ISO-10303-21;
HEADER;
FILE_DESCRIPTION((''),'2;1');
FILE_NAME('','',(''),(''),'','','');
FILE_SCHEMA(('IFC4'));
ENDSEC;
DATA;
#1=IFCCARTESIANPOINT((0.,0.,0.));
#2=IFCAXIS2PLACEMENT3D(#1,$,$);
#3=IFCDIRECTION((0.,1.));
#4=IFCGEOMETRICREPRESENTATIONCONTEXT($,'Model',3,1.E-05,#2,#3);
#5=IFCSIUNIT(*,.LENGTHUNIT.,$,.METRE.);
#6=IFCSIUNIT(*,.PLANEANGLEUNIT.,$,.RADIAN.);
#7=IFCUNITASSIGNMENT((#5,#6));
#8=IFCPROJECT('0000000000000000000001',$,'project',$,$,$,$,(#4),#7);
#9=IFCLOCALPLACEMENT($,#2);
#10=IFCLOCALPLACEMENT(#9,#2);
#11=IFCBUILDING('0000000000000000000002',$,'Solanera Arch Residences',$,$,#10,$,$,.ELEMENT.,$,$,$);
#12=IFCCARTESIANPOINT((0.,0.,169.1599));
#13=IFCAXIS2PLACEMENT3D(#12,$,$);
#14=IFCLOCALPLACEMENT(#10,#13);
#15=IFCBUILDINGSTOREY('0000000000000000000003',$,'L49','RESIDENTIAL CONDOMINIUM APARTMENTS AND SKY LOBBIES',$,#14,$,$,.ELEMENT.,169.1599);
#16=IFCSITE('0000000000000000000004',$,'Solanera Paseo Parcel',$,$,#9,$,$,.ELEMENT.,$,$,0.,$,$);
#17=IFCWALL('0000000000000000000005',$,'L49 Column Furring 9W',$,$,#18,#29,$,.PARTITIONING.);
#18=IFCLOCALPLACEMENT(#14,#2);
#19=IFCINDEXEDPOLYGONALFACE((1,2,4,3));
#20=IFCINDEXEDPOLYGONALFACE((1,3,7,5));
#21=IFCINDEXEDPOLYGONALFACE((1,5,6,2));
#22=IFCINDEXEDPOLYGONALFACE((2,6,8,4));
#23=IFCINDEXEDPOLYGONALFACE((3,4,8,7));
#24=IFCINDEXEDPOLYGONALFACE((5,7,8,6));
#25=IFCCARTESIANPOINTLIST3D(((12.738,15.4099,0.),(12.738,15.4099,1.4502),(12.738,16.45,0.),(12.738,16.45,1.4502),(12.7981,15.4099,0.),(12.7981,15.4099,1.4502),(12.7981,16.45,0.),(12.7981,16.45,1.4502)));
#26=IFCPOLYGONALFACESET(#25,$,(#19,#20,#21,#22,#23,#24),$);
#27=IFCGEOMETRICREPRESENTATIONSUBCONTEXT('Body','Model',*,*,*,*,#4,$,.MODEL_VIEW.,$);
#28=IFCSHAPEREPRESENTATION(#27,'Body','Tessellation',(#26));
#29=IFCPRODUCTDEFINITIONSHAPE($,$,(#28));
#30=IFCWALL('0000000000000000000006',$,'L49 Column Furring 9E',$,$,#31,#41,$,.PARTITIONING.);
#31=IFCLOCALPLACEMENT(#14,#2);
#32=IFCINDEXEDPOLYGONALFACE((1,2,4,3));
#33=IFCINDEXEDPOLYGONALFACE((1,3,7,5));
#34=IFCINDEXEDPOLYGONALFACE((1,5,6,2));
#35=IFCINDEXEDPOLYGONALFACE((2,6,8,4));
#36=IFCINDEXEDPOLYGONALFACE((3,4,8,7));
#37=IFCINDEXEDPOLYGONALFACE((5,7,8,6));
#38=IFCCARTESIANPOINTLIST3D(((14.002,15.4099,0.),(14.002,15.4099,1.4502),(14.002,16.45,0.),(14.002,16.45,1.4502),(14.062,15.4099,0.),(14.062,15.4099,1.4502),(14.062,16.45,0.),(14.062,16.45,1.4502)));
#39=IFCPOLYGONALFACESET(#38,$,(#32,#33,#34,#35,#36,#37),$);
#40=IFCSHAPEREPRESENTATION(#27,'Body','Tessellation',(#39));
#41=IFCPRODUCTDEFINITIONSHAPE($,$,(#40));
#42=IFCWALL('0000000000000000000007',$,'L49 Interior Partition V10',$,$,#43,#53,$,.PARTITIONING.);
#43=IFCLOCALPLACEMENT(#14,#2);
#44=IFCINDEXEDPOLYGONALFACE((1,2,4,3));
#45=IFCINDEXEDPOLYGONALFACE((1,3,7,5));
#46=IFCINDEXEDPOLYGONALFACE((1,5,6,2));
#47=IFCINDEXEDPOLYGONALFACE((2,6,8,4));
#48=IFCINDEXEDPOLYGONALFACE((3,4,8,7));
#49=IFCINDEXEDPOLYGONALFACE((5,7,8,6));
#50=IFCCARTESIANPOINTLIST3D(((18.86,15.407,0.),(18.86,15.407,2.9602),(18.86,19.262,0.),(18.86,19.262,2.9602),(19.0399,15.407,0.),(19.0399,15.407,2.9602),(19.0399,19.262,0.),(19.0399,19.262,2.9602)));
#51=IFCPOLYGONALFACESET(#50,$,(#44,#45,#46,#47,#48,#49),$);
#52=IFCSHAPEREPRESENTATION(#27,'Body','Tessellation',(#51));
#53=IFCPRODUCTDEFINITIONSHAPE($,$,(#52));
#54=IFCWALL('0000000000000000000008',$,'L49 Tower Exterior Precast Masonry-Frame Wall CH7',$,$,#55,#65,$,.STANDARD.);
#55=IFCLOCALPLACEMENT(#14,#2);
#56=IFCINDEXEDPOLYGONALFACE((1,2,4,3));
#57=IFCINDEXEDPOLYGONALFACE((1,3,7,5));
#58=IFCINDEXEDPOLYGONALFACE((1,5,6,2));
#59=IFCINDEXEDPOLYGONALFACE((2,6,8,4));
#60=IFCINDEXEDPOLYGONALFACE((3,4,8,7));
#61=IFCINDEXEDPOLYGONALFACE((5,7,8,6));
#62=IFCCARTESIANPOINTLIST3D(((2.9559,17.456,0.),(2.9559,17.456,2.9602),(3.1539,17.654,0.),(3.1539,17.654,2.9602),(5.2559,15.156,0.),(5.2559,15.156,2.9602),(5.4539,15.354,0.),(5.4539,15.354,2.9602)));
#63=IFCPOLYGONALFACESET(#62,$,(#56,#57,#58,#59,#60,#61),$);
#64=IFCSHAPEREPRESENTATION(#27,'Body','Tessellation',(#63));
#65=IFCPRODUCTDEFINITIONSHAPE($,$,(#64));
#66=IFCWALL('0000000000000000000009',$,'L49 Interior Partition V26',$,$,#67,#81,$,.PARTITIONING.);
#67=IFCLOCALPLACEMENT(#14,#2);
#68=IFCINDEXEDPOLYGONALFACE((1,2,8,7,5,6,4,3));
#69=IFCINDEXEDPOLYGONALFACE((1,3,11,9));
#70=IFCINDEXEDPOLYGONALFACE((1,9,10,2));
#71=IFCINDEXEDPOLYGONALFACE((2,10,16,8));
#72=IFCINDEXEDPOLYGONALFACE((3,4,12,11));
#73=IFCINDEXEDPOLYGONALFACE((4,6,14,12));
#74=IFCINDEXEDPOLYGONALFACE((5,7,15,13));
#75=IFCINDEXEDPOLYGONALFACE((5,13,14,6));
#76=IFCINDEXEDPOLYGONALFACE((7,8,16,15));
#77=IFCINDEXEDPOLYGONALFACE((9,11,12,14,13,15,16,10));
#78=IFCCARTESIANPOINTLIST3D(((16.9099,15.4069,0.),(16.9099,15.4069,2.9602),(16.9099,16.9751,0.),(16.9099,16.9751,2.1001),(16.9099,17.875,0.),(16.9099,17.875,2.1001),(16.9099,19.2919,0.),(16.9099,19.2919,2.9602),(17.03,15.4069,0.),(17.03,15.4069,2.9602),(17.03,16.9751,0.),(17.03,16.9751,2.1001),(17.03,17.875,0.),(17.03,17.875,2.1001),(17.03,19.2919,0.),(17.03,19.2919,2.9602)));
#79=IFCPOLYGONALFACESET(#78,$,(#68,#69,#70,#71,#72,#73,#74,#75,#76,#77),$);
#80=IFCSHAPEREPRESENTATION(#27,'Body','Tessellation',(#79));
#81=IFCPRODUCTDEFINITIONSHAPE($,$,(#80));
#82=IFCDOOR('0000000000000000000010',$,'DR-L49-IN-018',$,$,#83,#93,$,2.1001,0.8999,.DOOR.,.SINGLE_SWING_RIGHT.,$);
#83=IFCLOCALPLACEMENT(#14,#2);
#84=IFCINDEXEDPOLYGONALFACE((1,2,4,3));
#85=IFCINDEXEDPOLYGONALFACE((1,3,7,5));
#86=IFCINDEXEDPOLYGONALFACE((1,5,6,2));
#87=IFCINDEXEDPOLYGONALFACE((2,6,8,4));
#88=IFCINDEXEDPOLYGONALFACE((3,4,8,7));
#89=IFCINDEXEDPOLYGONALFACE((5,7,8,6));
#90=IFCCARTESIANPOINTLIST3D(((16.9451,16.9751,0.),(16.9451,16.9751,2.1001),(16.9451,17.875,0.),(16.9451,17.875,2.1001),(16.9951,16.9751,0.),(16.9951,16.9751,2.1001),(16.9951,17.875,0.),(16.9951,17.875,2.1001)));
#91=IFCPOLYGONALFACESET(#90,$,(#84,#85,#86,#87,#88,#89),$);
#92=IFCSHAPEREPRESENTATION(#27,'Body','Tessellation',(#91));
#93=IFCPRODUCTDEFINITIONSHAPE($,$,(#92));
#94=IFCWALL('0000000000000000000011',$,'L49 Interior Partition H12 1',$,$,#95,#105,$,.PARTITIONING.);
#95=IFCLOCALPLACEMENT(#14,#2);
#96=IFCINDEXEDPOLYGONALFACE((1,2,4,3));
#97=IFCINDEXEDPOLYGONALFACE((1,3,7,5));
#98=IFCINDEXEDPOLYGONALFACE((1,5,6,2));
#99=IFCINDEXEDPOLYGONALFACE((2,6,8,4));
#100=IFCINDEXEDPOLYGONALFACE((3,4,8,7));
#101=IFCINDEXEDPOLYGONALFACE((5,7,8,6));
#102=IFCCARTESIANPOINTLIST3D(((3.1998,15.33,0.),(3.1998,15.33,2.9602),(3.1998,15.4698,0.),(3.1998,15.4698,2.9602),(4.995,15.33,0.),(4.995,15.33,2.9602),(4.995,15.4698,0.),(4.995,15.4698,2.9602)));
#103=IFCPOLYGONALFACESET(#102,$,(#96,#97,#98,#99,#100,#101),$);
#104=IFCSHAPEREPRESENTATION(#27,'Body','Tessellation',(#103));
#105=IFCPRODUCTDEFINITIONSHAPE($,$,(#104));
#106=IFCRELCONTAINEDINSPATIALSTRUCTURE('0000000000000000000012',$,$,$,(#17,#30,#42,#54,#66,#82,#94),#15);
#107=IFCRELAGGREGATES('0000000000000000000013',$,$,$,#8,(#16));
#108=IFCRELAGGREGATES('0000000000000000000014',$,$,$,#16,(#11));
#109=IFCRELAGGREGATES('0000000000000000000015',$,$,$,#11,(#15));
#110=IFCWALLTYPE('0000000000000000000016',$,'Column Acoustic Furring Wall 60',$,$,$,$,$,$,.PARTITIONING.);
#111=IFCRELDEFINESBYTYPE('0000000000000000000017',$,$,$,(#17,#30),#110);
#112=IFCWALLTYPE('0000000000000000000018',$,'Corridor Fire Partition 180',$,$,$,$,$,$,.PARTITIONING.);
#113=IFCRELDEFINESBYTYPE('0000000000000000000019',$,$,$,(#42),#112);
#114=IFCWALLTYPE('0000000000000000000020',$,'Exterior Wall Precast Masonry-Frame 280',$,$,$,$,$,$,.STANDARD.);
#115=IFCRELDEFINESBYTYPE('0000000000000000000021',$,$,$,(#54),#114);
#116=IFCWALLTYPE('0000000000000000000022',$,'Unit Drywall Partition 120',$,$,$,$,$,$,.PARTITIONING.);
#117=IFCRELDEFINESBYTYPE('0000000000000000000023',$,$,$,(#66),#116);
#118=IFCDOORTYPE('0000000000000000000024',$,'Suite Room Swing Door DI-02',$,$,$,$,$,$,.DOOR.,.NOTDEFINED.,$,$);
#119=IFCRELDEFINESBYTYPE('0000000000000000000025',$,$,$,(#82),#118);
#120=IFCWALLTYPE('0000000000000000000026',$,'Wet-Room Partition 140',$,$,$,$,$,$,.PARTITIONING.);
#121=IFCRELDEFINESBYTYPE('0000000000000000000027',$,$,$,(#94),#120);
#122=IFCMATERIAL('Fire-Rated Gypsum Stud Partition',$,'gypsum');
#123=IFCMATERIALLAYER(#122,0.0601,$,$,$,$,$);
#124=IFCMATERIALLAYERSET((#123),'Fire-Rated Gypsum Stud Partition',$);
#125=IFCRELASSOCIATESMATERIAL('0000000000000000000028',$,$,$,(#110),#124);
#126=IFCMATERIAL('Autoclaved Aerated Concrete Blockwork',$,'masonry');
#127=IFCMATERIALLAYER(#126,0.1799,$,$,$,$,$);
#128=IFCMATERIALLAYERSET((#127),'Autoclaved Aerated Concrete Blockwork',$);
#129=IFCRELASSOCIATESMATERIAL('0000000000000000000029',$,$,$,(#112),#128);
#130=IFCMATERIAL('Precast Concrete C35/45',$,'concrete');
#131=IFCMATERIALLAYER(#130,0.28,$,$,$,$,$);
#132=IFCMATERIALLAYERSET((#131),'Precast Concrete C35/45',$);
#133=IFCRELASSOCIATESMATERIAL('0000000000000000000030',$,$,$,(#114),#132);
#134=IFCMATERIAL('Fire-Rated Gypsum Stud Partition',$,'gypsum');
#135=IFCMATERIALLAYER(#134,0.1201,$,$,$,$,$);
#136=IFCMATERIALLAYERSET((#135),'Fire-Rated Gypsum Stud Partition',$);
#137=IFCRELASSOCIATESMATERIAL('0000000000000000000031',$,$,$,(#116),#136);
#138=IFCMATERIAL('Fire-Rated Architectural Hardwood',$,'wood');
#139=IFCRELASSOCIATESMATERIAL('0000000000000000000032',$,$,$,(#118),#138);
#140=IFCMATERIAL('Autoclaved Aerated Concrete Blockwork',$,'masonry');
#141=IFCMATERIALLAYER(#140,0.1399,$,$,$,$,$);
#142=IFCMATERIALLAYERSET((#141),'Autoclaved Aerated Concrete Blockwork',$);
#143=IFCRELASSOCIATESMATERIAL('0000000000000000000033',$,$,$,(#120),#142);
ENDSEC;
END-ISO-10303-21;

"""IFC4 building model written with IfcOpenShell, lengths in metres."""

from ifc_helpers import new_model, si_unit, direction, frame, frame_2d, origin, place, context, subcontext, project, spatial, rectangle, extrude, material, layer, layer_set, type_object, element, fill, save


model = new_model("IFC4")

# Units and contexts
model_context = context("Model", 3, precision=1e-05, world=origin(), true_north=direction((0.0, 1.0)))
body_context = subcontext(model_context, "Body", "Model", "MODEL_VIEW")
ifc_project = project(units=[si_unit("LENGTHUNIT", "METRE"), si_unit("PLANEANGLEUNIT", "RADIAN")], contexts=[model_context])

# Site, building, storey
site_placement = place(None, origin())
site = spatial("IfcSite", under=ifc_project, at=site_placement, Name="Solanera Paseo Parcel", CompositionType="ELEMENT", RefElevation=0.0)
building_placement = place(site_placement, origin())
building = spatial("IfcBuilding", under=site, at=building_placement, Name="Solanera Arch Residences", CompositionType="ELEMENT")
storey_placement = place(building_placement, frame((0.0, 0.0, 169.1599)))
storey = spatial("IfcBuildingStorey", under=building, at=storey_placement, Name="L49", Description="RESIDENTIAL CONDOMINIUM APARTMENTS AND SKY LOBBIES", CompositionType="ELEMENT", Elevation=169.1599)

# Walls
ifc_material_1 = material(Name="Fire-Rated Gypsum Stud Partition", Category="gypsum")
ifc_layer_1 = layer(ifc_material_1, 0.0601)
ifc_layer_set_1 = layer_set([ifc_layer_1], Name="Fire-Rated Gypsum Stud Partition")
wall_type_1 = type_object("IfcWallType", Name="Column Acoustic Furring Wall 60", PredefinedType="PARTITIONING", material=ifc_layer_set_1)
for number, where, z_axis, x_axis, name in (
    (1, (12.7681, 15.4099, 0.0), (0.0, 0.0, 1.0), (0.0, 1.0, 0.0), "L49 Column Furring 9W"),
    (2, (14.032, 15.4099, 0.0), (0.0, 0.0, 1.0), (0.0, 1.0, 0.0), "L49 Column Furring 9E"),
):
    element("IfcWall", number, at=place(storey_placement, frame(where, z_axis=z_axis, x_axis=x_axis)), inside=storey, type_object=wall_type_1, Name=name, PredefinedType="PARTITIONING", context=body_context, shape_type="SweptSolid", body=[
        extrude(rectangle(XDim=1.04, YDim=0.0601, at=frame_2d((0.52, 0.0))), origin(), (0.0, 0.0, 1.0), 1.4502),
    ])
ifc_material_2 = material(Name="Autoclaved Aerated Concrete Blockwork", Category="masonry")
ifc_layer_2 = layer(ifc_material_2, 0.1799)
ifc_layer_set_2 = layer_set([ifc_layer_2], Name="Autoclaved Aerated Concrete Blockwork")
wall_type_2 = type_object("IfcWallType", Name="Corridor Fire Partition 180", PredefinedType="PARTITIONING", material=ifc_layer_set_2)
wall_1_placement = place(storey_placement, frame((18.95, 15.407, 0.0), z_axis=(0.0, 0.0, 1.0), x_axis=(0.0, 1.0, 0.0)))
element("IfcWall", 3, at=wall_1_placement, inside=storey, type_object=wall_type_2, Name="L49 Interior Partition V10", PredefinedType="PARTITIONING", context=body_context, shape_type="SweptSolid", body=[
    extrude(rectangle(XDim=3.855, YDim=0.1799, at=frame_2d((1.9275, 0.0))), origin(), (0.0, 0.0, 1.0), 2.9602),
])
ifc_material_3 = material(Name="Precast Concrete C35/45", Category="concrete")
ifc_layer_3 = layer(ifc_material_3, 0.28)
ifc_layer_set_3 = layer_set([ifc_layer_3], Name="Precast Concrete C35/45")
wall_type_3 = type_object("IfcWallType", Name="Exterior Wall Precast Masonry-Frame 280", PredefinedType="STANDARD", material=ifc_layer_set_3)
wall_2_placement = place(storey_placement, frame((5.355, 15.2549, 0.0), z_axis=(0.0, 0.0, 1.0), x_axis=(-0.707107, 0.707107, 0.0)))
element("IfcWall", 4, at=wall_2_placement, inside=storey, type_object=wall_type_3, Name="L49 Tower Exterior Precast Masonry-Frame Wall CH7", PredefinedType="STANDARD", context=body_context, shape_type="SweptSolid", body=[
    extrude(rectangle(XDim=3.2527, YDim=0.28, at=frame_2d((1.6265, 0.0))), origin(), (0.0, 0.0, 1.0), 2.9602),
])

# Wall, opening, door
ifc_material_4 = material(Name="Fire-Rated Gypsum Stud Partition", Category="gypsum")
ifc_layer_4 = layer(ifc_material_4, 0.1201)
ifc_layer_set_4 = layer_set([ifc_layer_4], Name="Fire-Rated Gypsum Stud Partition")
wall_type_4 = type_object("IfcWallType", Name="Unit Drywall Partition 120", PredefinedType="PARTITIONING", material=ifc_layer_set_4)
wall_3_placement = place(storey_placement, frame((16.97, 15.407, 0.0), z_axis=(0.0, 0.0, 1.0), x_axis=(0.0, 1.0, 0.0)))
wall_3 = element("IfcWall", 5, at=wall_3_placement, inside=storey, type_object=wall_type_4, Name="L49 Interior Partition V26", PredefinedType="PARTITIONING", context=body_context, shape_type="SweptSolid", body=[
    extrude(rectangle(XDim=3.885, YDim=0.1201, at=frame_2d((1.9424, 0.0))), origin(), (0.0, 0.0, 1.0), 2.9602),
])
opening_placement = place(wall_3_placement, frame((1.5681, 0.0, 0.0)))
opening = element("IfcOpeningElement", 6, at=opening_placement, cuts=wall_3, PredefinedType="OPENING", context=body_context, shape_type="SweptSolid", body=[
    extrude(rectangle(XDim=0.8999, YDim=2.1001, at=frame_2d((0.45, 1.05))), frame((0.0, 0.0701, 0.0), z_axis=(0.0, -1.0, 0.0), x_axis=(1.0, 0.0, 0.0)), (0.0, 0.0, 1.0), 0.1401),
])
ifc_material_5 = material(Name="Fire-Rated Architectural Hardwood", Category="wood")
door_type = type_object("IfcDoorType", Name="Suite Room Swing Door DI-02", OperationType="NOTDEFINED", PredefinedType="DOOR", material=ifc_material_5)
door_placement = place(opening_placement, origin())
door = element("IfcDoor", 7, at=door_placement, inside=storey, type_object=door_type, Name="DR-L49-IN-018", OperationType="SINGLE_SWING_RIGHT", OverallHeight=2.1001, OverallWidth=0.8999, PredefinedType="DOOR", context=body_context, shape_type="SweptSolid", body=[
    extrude(rectangle(XDim=0.8999, YDim=2.1001, at=frame_2d((0.45, 1.05))), frame((0.0, 0.0249, 0.0), z_axis=(0.0, -1.0, 0.0), x_axis=(1.0, 0.0, 0.0)), (0.0, 0.0, 1.0), 0.05),
])
fill(opening, door)

# Wall
ifc_material_6 = material(Name="Autoclaved Aerated Concrete Blockwork", Category="masonry")
ifc_layer_5 = layer(ifc_material_6, 0.1399)
ifc_layer_set_5 = layer_set([ifc_layer_5], Name="Autoclaved Aerated Concrete Blockwork")
wall_type_5 = type_object("IfcWallType", Name="Wet-Room Partition 140", PredefinedType="PARTITIONING", material=ifc_layer_set_5)
wall_4_placement = place(storey_placement, frame((3.2, 15.3999, 0.0), z_axis=(0.0, 0.0, 1.0), x_axis=(1.0, 0.0, 0.0)))
element("IfcWall", 8, at=wall_4_placement, inside=storey, type_object=wall_type_5, Name="L49 Interior Partition H12 1", PredefinedType="PARTITIONING", context=body_context, shape_type="SweptSolid", body=[
    extrude(rectangle(XDim=1.7952, YDim=0.1399, at=frame_2d((0.8975, 0.0))), origin(), (0.0, 0.0, 1.0), 2.9602),
])

save(model, "model.ifc")
